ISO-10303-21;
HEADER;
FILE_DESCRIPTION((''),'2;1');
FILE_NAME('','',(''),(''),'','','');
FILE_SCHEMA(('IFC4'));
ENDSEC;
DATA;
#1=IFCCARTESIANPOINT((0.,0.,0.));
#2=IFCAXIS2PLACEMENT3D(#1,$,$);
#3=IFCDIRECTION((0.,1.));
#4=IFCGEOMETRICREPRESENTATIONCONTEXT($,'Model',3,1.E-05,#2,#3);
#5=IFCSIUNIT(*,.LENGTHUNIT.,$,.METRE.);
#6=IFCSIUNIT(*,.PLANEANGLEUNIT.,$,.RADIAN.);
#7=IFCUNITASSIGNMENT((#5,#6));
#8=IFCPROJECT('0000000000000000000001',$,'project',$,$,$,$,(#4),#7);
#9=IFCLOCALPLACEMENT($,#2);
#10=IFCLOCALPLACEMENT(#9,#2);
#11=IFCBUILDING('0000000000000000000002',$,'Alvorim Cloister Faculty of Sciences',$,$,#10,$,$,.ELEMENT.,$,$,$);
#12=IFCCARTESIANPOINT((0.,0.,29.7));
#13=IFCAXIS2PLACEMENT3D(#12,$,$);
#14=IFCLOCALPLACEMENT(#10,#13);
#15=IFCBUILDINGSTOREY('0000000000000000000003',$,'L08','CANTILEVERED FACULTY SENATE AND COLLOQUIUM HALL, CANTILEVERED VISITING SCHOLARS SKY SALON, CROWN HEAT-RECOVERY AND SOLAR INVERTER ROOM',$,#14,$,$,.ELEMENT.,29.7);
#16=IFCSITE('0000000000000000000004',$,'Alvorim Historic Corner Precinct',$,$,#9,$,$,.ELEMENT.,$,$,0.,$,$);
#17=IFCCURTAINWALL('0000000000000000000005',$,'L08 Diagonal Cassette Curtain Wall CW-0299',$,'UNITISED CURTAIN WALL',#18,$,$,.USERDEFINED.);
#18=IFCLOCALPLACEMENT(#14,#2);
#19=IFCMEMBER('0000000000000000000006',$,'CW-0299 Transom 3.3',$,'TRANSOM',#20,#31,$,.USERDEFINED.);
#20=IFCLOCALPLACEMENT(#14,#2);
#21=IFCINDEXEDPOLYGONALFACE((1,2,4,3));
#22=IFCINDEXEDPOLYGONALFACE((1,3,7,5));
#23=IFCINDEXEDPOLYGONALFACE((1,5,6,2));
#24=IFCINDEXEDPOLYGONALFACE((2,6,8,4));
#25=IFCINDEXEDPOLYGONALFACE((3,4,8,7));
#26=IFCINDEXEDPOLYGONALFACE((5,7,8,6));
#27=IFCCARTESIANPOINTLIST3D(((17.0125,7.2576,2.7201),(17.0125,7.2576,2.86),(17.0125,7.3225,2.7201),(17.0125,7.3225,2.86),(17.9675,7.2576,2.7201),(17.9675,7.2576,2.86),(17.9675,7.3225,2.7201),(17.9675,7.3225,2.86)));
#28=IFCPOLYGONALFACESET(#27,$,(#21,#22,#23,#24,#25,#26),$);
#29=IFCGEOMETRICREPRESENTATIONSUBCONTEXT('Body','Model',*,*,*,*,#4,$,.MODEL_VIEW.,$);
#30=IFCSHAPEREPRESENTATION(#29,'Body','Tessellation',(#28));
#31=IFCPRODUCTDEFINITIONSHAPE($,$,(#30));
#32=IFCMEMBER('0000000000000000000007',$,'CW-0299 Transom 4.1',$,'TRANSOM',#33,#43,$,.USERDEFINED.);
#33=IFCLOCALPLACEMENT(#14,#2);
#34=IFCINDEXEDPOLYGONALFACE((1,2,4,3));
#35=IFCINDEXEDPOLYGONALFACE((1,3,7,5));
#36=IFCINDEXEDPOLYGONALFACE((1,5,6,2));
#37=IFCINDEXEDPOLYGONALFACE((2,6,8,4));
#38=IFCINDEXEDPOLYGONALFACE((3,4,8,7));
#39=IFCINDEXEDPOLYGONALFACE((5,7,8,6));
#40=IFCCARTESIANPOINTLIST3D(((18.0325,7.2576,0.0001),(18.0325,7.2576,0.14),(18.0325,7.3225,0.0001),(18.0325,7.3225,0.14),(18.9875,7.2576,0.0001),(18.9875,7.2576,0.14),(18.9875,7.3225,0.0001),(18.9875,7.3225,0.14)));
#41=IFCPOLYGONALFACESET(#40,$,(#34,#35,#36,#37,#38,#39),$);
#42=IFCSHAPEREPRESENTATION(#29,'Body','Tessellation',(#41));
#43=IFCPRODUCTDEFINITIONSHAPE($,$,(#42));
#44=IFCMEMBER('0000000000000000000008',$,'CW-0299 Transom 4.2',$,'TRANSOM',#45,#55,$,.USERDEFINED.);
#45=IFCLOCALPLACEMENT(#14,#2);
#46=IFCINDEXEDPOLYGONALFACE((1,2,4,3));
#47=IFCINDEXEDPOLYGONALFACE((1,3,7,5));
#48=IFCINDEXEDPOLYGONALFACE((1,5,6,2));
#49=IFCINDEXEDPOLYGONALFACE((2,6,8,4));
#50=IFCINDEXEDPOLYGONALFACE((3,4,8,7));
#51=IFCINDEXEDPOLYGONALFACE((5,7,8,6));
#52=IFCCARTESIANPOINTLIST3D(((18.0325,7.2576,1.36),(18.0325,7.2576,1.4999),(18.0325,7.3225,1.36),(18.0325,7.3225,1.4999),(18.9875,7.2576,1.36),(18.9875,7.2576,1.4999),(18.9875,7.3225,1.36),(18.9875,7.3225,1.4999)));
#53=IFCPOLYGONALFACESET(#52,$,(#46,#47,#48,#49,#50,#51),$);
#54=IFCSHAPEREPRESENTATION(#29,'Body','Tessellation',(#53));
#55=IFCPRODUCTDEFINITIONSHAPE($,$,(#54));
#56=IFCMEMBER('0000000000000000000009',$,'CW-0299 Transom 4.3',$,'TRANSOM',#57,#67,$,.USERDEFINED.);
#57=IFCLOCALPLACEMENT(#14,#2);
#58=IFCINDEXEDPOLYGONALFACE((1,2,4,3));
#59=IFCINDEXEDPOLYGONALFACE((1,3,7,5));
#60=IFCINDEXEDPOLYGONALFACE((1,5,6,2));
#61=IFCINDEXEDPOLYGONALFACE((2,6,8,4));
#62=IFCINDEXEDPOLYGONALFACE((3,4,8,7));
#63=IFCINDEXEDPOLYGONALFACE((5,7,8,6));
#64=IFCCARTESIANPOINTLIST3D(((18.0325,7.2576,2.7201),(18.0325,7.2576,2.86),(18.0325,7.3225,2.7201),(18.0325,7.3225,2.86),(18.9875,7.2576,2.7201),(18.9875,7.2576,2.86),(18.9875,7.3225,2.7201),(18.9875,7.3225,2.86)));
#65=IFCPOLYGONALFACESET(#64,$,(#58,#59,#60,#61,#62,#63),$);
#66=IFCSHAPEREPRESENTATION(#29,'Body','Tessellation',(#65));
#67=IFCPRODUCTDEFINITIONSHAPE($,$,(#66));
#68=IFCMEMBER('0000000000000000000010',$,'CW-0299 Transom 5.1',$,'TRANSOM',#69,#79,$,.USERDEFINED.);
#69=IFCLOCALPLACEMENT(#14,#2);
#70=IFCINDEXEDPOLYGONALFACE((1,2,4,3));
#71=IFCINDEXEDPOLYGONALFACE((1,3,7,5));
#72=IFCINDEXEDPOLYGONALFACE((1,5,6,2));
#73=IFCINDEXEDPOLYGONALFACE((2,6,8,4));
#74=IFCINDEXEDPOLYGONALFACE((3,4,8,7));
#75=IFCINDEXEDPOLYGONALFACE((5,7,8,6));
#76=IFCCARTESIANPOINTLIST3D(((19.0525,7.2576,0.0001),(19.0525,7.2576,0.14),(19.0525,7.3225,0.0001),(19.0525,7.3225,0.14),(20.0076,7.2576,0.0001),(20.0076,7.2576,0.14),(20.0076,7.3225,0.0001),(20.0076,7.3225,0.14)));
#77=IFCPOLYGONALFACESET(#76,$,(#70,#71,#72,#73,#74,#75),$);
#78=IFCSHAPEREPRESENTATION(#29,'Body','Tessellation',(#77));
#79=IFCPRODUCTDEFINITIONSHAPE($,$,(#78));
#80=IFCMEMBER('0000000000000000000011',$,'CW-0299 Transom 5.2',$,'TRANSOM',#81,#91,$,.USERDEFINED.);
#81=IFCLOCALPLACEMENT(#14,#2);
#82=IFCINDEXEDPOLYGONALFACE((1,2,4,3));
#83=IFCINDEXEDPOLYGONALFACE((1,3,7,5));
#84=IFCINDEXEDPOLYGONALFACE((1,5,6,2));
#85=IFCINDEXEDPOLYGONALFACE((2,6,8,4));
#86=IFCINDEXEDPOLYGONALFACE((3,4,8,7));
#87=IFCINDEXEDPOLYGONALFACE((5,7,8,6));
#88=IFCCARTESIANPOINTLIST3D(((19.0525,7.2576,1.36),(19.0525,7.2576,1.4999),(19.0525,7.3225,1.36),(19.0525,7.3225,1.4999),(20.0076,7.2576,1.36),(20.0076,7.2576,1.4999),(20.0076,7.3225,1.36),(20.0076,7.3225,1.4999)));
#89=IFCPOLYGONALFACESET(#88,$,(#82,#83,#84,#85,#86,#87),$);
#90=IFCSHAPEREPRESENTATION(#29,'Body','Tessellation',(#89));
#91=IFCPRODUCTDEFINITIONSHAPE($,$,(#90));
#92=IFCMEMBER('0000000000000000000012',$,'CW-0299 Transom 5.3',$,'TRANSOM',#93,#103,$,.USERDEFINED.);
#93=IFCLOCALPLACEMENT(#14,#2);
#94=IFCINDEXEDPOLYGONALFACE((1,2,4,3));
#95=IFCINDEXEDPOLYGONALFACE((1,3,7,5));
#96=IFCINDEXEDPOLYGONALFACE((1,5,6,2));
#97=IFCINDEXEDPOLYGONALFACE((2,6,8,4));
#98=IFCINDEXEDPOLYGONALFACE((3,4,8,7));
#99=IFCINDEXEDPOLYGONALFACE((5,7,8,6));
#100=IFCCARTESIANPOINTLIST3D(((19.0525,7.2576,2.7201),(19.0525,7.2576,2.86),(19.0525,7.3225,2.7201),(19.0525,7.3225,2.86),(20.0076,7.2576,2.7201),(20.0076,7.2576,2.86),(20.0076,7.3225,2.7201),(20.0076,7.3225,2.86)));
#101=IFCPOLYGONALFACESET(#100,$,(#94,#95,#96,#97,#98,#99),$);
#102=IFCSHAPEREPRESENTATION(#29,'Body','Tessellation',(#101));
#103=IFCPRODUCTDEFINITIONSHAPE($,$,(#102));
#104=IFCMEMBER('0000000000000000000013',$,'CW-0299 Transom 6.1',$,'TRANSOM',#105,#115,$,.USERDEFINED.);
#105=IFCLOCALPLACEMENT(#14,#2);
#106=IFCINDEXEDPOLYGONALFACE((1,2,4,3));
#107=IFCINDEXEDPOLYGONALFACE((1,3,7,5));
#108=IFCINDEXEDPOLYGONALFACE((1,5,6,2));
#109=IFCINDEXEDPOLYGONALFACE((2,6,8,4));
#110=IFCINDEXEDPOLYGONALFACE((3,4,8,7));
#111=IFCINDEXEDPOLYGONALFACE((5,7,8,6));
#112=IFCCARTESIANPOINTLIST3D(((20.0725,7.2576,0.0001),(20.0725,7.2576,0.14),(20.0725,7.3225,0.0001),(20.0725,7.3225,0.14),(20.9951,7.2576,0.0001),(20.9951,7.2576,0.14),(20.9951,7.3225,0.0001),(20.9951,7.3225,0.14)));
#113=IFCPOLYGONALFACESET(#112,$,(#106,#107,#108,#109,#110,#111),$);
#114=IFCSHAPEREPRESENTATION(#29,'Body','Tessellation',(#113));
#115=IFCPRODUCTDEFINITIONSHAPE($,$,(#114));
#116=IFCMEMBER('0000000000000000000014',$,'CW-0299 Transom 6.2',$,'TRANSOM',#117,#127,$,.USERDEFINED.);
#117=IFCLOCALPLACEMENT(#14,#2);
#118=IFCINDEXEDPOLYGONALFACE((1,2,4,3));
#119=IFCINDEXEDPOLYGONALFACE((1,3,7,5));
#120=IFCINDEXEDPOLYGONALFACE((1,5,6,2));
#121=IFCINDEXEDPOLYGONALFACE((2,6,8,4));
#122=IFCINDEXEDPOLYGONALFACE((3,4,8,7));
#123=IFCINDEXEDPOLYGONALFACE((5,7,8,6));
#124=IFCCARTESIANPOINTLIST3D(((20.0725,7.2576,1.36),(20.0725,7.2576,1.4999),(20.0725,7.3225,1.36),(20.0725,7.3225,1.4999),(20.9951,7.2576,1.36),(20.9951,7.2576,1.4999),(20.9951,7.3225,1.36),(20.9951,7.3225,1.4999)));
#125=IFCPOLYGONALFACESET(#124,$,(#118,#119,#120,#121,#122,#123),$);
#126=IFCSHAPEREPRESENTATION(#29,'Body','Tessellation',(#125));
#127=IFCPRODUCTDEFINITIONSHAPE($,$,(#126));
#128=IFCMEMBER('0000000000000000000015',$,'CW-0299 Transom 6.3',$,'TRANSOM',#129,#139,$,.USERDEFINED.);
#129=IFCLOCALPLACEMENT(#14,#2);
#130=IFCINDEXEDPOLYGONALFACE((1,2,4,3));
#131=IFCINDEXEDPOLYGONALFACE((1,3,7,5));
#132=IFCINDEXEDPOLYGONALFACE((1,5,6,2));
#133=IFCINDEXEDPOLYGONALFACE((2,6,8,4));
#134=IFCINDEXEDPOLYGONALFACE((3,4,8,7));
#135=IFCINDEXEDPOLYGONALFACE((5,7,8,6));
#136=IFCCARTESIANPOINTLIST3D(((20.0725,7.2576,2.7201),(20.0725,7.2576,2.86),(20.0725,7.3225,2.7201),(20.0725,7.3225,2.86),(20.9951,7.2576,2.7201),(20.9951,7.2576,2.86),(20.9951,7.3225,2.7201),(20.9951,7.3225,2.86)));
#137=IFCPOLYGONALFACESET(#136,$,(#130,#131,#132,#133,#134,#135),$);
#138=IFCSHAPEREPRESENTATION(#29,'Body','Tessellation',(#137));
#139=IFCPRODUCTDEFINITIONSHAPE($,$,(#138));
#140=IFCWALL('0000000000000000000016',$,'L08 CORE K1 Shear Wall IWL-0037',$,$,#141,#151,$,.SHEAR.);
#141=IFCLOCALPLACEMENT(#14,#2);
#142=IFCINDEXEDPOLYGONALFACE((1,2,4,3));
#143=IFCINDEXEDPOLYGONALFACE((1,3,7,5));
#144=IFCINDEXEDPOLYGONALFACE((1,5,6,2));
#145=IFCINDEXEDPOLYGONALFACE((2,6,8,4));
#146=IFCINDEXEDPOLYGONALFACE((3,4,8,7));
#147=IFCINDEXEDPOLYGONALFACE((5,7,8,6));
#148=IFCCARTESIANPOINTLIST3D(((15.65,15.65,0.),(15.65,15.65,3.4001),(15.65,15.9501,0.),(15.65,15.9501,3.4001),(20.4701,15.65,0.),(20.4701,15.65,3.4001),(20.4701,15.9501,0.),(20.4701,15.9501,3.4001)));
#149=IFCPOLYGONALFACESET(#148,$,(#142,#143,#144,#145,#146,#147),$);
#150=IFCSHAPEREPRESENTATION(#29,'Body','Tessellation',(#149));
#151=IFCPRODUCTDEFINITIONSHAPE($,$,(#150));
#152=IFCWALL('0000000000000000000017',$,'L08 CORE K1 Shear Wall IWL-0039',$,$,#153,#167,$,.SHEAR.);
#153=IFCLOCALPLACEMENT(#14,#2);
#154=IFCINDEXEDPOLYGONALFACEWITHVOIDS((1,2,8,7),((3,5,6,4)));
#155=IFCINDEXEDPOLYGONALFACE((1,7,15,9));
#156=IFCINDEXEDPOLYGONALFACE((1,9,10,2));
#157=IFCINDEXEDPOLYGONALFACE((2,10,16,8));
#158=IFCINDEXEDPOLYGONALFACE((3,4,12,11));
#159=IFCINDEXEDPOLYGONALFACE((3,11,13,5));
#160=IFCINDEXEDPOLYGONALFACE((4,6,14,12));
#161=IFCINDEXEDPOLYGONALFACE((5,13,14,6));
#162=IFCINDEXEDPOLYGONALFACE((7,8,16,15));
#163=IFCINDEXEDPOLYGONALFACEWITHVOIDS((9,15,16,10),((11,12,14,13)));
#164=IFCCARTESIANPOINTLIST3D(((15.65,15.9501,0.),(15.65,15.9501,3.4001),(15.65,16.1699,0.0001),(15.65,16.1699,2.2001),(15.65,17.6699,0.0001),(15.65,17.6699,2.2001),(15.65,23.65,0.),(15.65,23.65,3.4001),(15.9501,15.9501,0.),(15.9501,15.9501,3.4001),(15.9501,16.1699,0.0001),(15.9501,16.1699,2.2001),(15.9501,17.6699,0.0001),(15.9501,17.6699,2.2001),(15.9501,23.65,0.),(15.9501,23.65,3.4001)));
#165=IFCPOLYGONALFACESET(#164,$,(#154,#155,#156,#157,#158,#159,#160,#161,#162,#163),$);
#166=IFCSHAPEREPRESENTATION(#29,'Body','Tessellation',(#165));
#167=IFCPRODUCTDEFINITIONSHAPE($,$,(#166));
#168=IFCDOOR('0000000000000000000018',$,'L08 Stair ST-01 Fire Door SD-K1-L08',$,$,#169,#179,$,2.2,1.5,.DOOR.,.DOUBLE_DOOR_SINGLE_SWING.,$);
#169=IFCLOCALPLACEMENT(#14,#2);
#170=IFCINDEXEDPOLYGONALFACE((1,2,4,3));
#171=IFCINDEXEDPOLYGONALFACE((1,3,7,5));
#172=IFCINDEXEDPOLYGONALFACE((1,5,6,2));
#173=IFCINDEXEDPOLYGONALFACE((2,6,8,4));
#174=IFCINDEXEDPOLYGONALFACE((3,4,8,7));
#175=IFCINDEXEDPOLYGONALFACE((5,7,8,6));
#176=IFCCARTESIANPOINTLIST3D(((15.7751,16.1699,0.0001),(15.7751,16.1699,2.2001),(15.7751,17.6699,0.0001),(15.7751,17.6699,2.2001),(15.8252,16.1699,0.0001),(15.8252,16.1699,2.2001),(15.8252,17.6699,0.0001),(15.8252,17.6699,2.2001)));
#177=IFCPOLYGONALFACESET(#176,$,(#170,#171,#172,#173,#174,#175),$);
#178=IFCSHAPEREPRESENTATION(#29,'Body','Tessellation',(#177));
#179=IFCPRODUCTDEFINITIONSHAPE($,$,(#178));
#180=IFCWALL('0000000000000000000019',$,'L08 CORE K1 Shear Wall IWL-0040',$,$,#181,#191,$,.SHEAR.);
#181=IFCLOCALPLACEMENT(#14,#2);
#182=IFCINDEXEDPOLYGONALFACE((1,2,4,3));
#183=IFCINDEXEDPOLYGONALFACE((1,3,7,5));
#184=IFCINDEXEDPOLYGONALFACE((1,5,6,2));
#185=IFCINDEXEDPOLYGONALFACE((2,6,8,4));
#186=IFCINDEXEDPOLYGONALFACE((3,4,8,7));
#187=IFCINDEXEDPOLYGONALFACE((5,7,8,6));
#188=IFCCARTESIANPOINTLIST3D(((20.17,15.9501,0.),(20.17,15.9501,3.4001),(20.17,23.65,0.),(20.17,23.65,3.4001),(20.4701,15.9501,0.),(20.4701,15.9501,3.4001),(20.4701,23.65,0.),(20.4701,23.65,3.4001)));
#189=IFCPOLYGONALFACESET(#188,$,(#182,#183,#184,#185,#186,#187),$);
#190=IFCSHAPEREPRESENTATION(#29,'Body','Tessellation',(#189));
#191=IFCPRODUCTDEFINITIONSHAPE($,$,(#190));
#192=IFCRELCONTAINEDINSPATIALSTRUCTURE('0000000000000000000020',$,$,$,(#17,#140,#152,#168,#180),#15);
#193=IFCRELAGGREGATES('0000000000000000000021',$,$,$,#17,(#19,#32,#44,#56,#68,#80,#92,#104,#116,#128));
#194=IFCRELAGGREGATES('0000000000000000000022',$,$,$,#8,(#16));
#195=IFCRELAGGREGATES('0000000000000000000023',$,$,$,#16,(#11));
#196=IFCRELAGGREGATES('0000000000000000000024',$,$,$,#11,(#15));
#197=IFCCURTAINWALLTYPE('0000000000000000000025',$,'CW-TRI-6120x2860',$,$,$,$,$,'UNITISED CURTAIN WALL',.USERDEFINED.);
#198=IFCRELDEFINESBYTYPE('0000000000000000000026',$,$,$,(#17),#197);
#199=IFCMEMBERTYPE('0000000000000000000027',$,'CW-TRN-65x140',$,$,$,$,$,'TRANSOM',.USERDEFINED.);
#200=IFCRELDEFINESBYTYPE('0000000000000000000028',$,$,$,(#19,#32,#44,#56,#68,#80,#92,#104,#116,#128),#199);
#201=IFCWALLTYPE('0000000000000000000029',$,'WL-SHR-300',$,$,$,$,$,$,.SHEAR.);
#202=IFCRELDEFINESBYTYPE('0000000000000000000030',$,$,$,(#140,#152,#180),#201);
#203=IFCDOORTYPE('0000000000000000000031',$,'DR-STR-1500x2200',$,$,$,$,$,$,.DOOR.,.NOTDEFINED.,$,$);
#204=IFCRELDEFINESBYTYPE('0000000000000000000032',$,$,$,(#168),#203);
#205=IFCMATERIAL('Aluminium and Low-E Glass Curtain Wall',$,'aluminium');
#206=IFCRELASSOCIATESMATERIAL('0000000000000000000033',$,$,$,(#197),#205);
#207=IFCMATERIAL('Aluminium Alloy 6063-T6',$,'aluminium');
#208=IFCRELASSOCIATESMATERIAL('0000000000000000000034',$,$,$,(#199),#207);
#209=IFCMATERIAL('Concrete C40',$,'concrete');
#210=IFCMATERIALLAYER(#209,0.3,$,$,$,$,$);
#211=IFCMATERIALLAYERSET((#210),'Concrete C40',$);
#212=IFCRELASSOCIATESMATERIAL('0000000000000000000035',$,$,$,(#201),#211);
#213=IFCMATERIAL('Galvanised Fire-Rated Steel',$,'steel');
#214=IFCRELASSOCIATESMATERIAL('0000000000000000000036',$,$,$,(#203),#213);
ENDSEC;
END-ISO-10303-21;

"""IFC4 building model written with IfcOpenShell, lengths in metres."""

from ifc_helpers import new_model, si_unit, direction, frame, frame_2d, origin, origin_2d, place, context, subcontext, project, spatial, rectangle, extrude, material, layer, layer_set, material_profile, profile_set, type_object, element, fill, aggregate, save


model = new_model("IFC4")

# Units and contexts
model_context = context("Model", 3, precision=1e-05, world=origin(), true_north=direction((0.0, 1.0)))
body_context = subcontext(model_context, "Body", "Model", "MODEL_VIEW")
ifc_project = project(units=[si_unit("LENGTHUNIT", "METRE"), si_unit("PLANEANGLEUNIT", "RADIAN")], contexts=[model_context])

# Site, building, storey
site_placement = place(None, origin())
site = spatial("IfcSite", under=ifc_project, at=site_placement, Name="Alvorim Historic Corner Precinct", CompositionType="ELEMENT", RefElevation=0.0)
building_placement = place(site_placement, origin())
building = spatial("IfcBuilding", under=site, at=building_placement, Name="Alvorim Cloister Faculty of Sciences", CompositionType="ELEMENT")
storey_placement = place(building_placement, frame((0.0, 0.0, 29.7)))
storey = spatial("IfcBuildingStorey", under=building, at=storey_placement, Name="L08", Description="CANTILEVERED FACULTY SENATE AND COLLOQUIUM HALL, CANTILEVERED VISITING SCHOLARS SKY SALON, CROWN HEAT-RECOVERY AND SOLAR INVERTER ROOM", CompositionType="ELEMENT", Elevation=29.7)

# Curtain wall, members
ifc_material_1 = material(Name="Aluminium and Low-E Glass Curtain Wall", Category="aluminium")
curtain_wall_type = type_object("IfcCurtainWallType", Name="CW-TRI-6120x2860", ElementType="UNITISED CURTAIN WALL", PredefinedType="USERDEFINED", material=ifc_material_1)
curtain_wall_placement = place(storey_placement, origin())
curtain_wall = element("IfcCurtainWall", 1, at=curtain_wall_placement, inside=storey, type_object=curtain_wall_type, Name="L08 Diagonal Cassette Curtain Wall CW-0299", ObjectType="UNITISED CURTAIN WALL", PredefinedType="USERDEFINED")
ifc_material_2 = material(Name="Aluminium Alloy 6063-T6", Category="aluminium")
ifc_material_profile_1 = material_profile(ifc_material_2, rectangle(XDim=0.0649, YDim=0.1399, at=origin_2d()), Name="ALU-TRN-65x140")
ifc_profile_set_1 = profile_set([ifc_material_profile_1], Name="Aluminium Alloy 6063-T6")
member_type_1 = type_object("IfcMemberType", Name="CW-TRN-65x140", ElementType="TRANSOM", PredefinedType="USERDEFINED", material=ifc_profile_set_1)
member_1_placement = place(storey_placement, frame((17.0125, 7.29, 2.79), z_axis=(1.0, 0.0, 0.0), x_axis=(0.0, 1.0, 0.0)))
member_1 = element("IfcMember", 2, at=member_1_placement, type_object=member_type_1, Name="CW-0299 Transom 3.3", ObjectType="TRANSOM", PredefinedType="USERDEFINED", context=body_context, shape_type="SweptSolid", body=[
    extrude(rectangle(XDim=0.0649, YDim=0.1399, at=origin_2d()), origin(), (0.0, 0.0, 1.0), 0.9551),
])
member_2_placement = place(storey_placement, frame((18.0325, 7.29, 0.0701), z_axis=(1.0, 0.0, 0.0), x_axis=(0.0, 1.0, 0.0)))
member_2 = element("IfcMember", 3, at=member_2_placement, type_object=member_type_1, Name="CW-0299 Transom 4.1", ObjectType="TRANSOM", PredefinedType="USERDEFINED", context=body_context, shape_type="SweptSolid", body=[
    extrude(rectangle(XDim=0.0649, YDim=0.1399, at=origin_2d()), origin(), (0.0, 0.0, 1.0), 0.9551),
])
member_3_placement = place(storey_placement, frame((18.0325, 7.29, 1.4299), z_axis=(1.0, 0.0, 0.0), x_axis=(0.0, 1.0, 0.0)))
member_3 = element("IfcMember", 4, at=member_3_placement, type_object=member_type_1, Name="CW-0299 Transom 4.2", ObjectType="TRANSOM", PredefinedType="USERDEFINED", context=body_context, shape_type="SweptSolid", body=[
    extrude(rectangle(XDim=0.0649, YDim=0.1399, at=origin_2d()), origin(), (0.0, 0.0, 1.0), 0.9551),
])
member_4_placement = place(storey_placement, frame((18.0325, 7.29, 2.79), z_axis=(1.0, 0.0, 0.0), x_axis=(0.0, 1.0, 0.0)))
member_4 = element("IfcMember", 5, at=member_4_placement, type_object=member_type_1, Name="CW-0299 Transom 4.3", ObjectType="TRANSOM", PredefinedType="USERDEFINED", context=body_context, shape_type="SweptSolid", body=[
    extrude(rectangle(XDim=0.0649, YDim=0.1399, at=origin_2d()), origin(), (0.0, 0.0, 1.0), 0.9551),
])
member_5_placement = place(storey_placement, frame((19.0525, 7.29, 0.0701), z_axis=(1.0, 0.0, 0.0), x_axis=(0.0, 1.0, 0.0)))
member_5 = element("IfcMember", 6, at=member_5_placement, type_object=member_type_1, Name="CW-0299 Transom 5.1", ObjectType="TRANSOM", PredefinedType="USERDEFINED", context=body_context, shape_type="SweptSolid", body=[
    extrude(rectangle(XDim=0.0649, YDim=0.1399, at=origin_2d()), origin(), (0.0, 0.0, 1.0), 0.9551),
])
member_6_placement = place(storey_placement, frame((19.0525, 7.29, 1.4299), z_axis=(1.0, 0.0, 0.0), x_axis=(0.0, 1.0, 0.0)))
member_6 = element("IfcMember", 7, at=member_6_placement, type_object=member_type_1, Name="CW-0299 Transom 5.2", ObjectType="TRANSOM", PredefinedType="USERDEFINED", context=body_context, shape_type="SweptSolid", body=[
    extrude(rectangle(XDim=0.0649, YDim=0.1399, at=origin_2d()), origin(), (0.0, 0.0, 1.0), 0.9551),
])
member_7_placement = place(storey_placement, frame((19.0525, 7.29, 2.79), z_axis=(1.0, 0.0, 0.0), x_axis=(0.0, 1.0, 0.0)))
member_7 = element("IfcMember", 8, at=member_7_placement, type_object=member_type_1, Name="CW-0299 Transom 5.3", ObjectType="TRANSOM", PredefinedType="USERDEFINED", context=body_context, shape_type="SweptSolid", body=[
    extrude(rectangle(XDim=0.0649, YDim=0.1399, at=origin_2d()), origin(), (0.0, 0.0, 1.0), 0.9551),
])
member_8_placement = place(storey_placement, frame((20.0725, 7.29, 0.0701), z_axis=(1.0, 0.0, 0.0), x_axis=(0.0, 1.0, 0.0)))
member_8 = element("IfcMember", 9, at=member_8_placement, type_object=member_type_1, Name="CW-0299 Transom 6.1", ObjectType="TRANSOM", PredefinedType="USERDEFINED", context=body_context, shape_type="SweptSolid", body=[
    extrude(rectangle(XDim=0.0649, YDim=0.1399, at=origin_2d()), origin(), (0.0, 0.0, 1.0), 0.9226),
])
member_9_placement = place(storey_placement, frame((20.0725, 7.29, 1.4299), z_axis=(1.0, 0.0, 0.0), x_axis=(0.0, 1.0, 0.0)))
member_9 = element("IfcMember", 10, at=member_9_placement, type_object=member_type_1, Name="CW-0299 Transom 6.2", ObjectType="TRANSOM", PredefinedType="USERDEFINED", context=body_context, shape_type="SweptSolid", body=[
    extrude(rectangle(XDim=0.0649, YDim=0.1399, at=origin_2d()), origin(), (0.0, 0.0, 1.0), 0.9226),
])
member_10_placement = place(storey_placement, frame((20.0725, 7.29, 2.79), z_axis=(1.0, 0.0, 0.0), x_axis=(0.0, 1.0, 0.0)))
member_10 = element("IfcMember", 11, at=member_10_placement, type_object=member_type_1, Name="CW-0299 Transom 6.3", ObjectType="TRANSOM", PredefinedType="USERDEFINED", context=body_context, shape_type="SweptSolid", body=[
    extrude(rectangle(XDim=0.0649, YDim=0.1399, at=origin_2d()), origin(), (0.0, 0.0, 1.0), 0.9226),
])
aggregate(curtain_wall, [member_1, member_2, member_3, member_4, member_5, member_6, member_7, member_8, member_9, member_10])

# Wall
ifc_material_3 = material(Name="Concrete C40", Category="concrete")
ifc_layer = layer(ifc_material_3, 0.3)
ifc_layer_set = layer_set([ifc_layer], Name="Concrete C40")
wall_type = type_object("IfcWallType", Name="WL-SHR-300", PredefinedType="SHEAR", material=ifc_layer_set)
wall_1_placement = place(storey_placement, frame((15.6499, 15.8, 0.0), z_axis=(0.0, 0.0, 1.0), x_axis=(1.0, 0.0, 0.0)))
element("IfcWall", 12, at=wall_1_placement, inside=storey, type_object=wall_type, Name="L08 CORE K1 Shear Wall IWL-0037", PredefinedType="SHEAR", context=body_context, shape_type="SweptSolid", body=[
    extrude(rectangle(XDim=4.8201, YDim=0.3, at=frame_2d((2.4102, 0.0))), origin(), (0.0, 0.0, 1.0), 3.4001),
])

# Wall, opening, door
wall_2_placement = place(storey_placement, frame((15.8, 15.95, 0.0), z_axis=(0.0, 0.0, 1.0), x_axis=(0.0, 1.0, 0.0)))
wall_2 = element("IfcWall", 13, at=wall_2_placement, inside=storey, type_object=wall_type, Name="L08 CORE K1 Shear Wall IWL-0039", PredefinedType="SHEAR", context=body_context, shape_type="SweptSolid", body=[
    extrude(rectangle(XDim=7.7, YDim=0.3, at=frame_2d((3.8501, 0.0))), origin(), (0.0, 0.0, 1.0), 3.4001),
])
opening_placement = place(wall_2_placement, frame((0.22, 0.0, 0.0)))
opening = element("IfcOpeningElement", 14, at=opening_placement, cuts=wall_2, PredefinedType="OPENING", context=body_context, shape_type="SweptSolid", body=[
    extrude(rectangle(XDim=1.5, YDim=2.2, at=frame_2d((0.75, 1.1001))), frame((0.0, 0.1621, 0.0), z_axis=(0.0, -1.0, 0.0), x_axis=(1.0, 0.0, 0.0)), (0.0, 0.0, 1.0), 0.324),
])
ifc_material_4 = material(Name="Galvanised Fire-Rated Steel", Category="steel")
door_type = type_object("IfcDoorType", Name="DR-STR-1500x2200", OperationType="NOTDEFINED", PredefinedType="DOOR", material=ifc_material_4)
door_placement = place(opening_placement, origin())
door = element("IfcDoor", 15, at=door_placement, inside=storey, type_object=door_type, Name="L08 Stair ST-01 Fire Door SD-K1-L08", OperationType="DOUBLE_DOOR_SINGLE_SWING", OverallHeight=2.2, OverallWidth=1.5, PredefinedType="DOOR", context=body_context, shape_type="SweptSolid", body=[
    extrude(rectangle(XDim=1.5, YDim=2.2, at=frame_2d((0.75, 1.1001))), frame((0.0, 0.0249, 0.0), z_axis=(0.0, -1.0, 0.0), x_axis=(1.0, 0.0, 0.0)), (0.0, 0.0, 1.0), 0.05),
])
fill(opening, door)

# Wall
wall_3_placement = place(storey_placement, frame((20.3201, 15.95, 0.0), z_axis=(0.0, 0.0, 1.0), x_axis=(0.0, 1.0, 0.0)))
element("IfcWall", 16, at=wall_3_placement, inside=storey, type_object=wall_type, Name="L08 CORE K1 Shear Wall IWL-0040", PredefinedType="SHEAR", context=body_context, shape_type="SweptSolid", body=[
    extrude(rectangle(XDim=7.7, YDim=0.3, at=frame_2d((3.8501, 0.0))), origin(), (0.0, 0.0, 1.0), 3.4001),
])

save(model, "model.ifc")
